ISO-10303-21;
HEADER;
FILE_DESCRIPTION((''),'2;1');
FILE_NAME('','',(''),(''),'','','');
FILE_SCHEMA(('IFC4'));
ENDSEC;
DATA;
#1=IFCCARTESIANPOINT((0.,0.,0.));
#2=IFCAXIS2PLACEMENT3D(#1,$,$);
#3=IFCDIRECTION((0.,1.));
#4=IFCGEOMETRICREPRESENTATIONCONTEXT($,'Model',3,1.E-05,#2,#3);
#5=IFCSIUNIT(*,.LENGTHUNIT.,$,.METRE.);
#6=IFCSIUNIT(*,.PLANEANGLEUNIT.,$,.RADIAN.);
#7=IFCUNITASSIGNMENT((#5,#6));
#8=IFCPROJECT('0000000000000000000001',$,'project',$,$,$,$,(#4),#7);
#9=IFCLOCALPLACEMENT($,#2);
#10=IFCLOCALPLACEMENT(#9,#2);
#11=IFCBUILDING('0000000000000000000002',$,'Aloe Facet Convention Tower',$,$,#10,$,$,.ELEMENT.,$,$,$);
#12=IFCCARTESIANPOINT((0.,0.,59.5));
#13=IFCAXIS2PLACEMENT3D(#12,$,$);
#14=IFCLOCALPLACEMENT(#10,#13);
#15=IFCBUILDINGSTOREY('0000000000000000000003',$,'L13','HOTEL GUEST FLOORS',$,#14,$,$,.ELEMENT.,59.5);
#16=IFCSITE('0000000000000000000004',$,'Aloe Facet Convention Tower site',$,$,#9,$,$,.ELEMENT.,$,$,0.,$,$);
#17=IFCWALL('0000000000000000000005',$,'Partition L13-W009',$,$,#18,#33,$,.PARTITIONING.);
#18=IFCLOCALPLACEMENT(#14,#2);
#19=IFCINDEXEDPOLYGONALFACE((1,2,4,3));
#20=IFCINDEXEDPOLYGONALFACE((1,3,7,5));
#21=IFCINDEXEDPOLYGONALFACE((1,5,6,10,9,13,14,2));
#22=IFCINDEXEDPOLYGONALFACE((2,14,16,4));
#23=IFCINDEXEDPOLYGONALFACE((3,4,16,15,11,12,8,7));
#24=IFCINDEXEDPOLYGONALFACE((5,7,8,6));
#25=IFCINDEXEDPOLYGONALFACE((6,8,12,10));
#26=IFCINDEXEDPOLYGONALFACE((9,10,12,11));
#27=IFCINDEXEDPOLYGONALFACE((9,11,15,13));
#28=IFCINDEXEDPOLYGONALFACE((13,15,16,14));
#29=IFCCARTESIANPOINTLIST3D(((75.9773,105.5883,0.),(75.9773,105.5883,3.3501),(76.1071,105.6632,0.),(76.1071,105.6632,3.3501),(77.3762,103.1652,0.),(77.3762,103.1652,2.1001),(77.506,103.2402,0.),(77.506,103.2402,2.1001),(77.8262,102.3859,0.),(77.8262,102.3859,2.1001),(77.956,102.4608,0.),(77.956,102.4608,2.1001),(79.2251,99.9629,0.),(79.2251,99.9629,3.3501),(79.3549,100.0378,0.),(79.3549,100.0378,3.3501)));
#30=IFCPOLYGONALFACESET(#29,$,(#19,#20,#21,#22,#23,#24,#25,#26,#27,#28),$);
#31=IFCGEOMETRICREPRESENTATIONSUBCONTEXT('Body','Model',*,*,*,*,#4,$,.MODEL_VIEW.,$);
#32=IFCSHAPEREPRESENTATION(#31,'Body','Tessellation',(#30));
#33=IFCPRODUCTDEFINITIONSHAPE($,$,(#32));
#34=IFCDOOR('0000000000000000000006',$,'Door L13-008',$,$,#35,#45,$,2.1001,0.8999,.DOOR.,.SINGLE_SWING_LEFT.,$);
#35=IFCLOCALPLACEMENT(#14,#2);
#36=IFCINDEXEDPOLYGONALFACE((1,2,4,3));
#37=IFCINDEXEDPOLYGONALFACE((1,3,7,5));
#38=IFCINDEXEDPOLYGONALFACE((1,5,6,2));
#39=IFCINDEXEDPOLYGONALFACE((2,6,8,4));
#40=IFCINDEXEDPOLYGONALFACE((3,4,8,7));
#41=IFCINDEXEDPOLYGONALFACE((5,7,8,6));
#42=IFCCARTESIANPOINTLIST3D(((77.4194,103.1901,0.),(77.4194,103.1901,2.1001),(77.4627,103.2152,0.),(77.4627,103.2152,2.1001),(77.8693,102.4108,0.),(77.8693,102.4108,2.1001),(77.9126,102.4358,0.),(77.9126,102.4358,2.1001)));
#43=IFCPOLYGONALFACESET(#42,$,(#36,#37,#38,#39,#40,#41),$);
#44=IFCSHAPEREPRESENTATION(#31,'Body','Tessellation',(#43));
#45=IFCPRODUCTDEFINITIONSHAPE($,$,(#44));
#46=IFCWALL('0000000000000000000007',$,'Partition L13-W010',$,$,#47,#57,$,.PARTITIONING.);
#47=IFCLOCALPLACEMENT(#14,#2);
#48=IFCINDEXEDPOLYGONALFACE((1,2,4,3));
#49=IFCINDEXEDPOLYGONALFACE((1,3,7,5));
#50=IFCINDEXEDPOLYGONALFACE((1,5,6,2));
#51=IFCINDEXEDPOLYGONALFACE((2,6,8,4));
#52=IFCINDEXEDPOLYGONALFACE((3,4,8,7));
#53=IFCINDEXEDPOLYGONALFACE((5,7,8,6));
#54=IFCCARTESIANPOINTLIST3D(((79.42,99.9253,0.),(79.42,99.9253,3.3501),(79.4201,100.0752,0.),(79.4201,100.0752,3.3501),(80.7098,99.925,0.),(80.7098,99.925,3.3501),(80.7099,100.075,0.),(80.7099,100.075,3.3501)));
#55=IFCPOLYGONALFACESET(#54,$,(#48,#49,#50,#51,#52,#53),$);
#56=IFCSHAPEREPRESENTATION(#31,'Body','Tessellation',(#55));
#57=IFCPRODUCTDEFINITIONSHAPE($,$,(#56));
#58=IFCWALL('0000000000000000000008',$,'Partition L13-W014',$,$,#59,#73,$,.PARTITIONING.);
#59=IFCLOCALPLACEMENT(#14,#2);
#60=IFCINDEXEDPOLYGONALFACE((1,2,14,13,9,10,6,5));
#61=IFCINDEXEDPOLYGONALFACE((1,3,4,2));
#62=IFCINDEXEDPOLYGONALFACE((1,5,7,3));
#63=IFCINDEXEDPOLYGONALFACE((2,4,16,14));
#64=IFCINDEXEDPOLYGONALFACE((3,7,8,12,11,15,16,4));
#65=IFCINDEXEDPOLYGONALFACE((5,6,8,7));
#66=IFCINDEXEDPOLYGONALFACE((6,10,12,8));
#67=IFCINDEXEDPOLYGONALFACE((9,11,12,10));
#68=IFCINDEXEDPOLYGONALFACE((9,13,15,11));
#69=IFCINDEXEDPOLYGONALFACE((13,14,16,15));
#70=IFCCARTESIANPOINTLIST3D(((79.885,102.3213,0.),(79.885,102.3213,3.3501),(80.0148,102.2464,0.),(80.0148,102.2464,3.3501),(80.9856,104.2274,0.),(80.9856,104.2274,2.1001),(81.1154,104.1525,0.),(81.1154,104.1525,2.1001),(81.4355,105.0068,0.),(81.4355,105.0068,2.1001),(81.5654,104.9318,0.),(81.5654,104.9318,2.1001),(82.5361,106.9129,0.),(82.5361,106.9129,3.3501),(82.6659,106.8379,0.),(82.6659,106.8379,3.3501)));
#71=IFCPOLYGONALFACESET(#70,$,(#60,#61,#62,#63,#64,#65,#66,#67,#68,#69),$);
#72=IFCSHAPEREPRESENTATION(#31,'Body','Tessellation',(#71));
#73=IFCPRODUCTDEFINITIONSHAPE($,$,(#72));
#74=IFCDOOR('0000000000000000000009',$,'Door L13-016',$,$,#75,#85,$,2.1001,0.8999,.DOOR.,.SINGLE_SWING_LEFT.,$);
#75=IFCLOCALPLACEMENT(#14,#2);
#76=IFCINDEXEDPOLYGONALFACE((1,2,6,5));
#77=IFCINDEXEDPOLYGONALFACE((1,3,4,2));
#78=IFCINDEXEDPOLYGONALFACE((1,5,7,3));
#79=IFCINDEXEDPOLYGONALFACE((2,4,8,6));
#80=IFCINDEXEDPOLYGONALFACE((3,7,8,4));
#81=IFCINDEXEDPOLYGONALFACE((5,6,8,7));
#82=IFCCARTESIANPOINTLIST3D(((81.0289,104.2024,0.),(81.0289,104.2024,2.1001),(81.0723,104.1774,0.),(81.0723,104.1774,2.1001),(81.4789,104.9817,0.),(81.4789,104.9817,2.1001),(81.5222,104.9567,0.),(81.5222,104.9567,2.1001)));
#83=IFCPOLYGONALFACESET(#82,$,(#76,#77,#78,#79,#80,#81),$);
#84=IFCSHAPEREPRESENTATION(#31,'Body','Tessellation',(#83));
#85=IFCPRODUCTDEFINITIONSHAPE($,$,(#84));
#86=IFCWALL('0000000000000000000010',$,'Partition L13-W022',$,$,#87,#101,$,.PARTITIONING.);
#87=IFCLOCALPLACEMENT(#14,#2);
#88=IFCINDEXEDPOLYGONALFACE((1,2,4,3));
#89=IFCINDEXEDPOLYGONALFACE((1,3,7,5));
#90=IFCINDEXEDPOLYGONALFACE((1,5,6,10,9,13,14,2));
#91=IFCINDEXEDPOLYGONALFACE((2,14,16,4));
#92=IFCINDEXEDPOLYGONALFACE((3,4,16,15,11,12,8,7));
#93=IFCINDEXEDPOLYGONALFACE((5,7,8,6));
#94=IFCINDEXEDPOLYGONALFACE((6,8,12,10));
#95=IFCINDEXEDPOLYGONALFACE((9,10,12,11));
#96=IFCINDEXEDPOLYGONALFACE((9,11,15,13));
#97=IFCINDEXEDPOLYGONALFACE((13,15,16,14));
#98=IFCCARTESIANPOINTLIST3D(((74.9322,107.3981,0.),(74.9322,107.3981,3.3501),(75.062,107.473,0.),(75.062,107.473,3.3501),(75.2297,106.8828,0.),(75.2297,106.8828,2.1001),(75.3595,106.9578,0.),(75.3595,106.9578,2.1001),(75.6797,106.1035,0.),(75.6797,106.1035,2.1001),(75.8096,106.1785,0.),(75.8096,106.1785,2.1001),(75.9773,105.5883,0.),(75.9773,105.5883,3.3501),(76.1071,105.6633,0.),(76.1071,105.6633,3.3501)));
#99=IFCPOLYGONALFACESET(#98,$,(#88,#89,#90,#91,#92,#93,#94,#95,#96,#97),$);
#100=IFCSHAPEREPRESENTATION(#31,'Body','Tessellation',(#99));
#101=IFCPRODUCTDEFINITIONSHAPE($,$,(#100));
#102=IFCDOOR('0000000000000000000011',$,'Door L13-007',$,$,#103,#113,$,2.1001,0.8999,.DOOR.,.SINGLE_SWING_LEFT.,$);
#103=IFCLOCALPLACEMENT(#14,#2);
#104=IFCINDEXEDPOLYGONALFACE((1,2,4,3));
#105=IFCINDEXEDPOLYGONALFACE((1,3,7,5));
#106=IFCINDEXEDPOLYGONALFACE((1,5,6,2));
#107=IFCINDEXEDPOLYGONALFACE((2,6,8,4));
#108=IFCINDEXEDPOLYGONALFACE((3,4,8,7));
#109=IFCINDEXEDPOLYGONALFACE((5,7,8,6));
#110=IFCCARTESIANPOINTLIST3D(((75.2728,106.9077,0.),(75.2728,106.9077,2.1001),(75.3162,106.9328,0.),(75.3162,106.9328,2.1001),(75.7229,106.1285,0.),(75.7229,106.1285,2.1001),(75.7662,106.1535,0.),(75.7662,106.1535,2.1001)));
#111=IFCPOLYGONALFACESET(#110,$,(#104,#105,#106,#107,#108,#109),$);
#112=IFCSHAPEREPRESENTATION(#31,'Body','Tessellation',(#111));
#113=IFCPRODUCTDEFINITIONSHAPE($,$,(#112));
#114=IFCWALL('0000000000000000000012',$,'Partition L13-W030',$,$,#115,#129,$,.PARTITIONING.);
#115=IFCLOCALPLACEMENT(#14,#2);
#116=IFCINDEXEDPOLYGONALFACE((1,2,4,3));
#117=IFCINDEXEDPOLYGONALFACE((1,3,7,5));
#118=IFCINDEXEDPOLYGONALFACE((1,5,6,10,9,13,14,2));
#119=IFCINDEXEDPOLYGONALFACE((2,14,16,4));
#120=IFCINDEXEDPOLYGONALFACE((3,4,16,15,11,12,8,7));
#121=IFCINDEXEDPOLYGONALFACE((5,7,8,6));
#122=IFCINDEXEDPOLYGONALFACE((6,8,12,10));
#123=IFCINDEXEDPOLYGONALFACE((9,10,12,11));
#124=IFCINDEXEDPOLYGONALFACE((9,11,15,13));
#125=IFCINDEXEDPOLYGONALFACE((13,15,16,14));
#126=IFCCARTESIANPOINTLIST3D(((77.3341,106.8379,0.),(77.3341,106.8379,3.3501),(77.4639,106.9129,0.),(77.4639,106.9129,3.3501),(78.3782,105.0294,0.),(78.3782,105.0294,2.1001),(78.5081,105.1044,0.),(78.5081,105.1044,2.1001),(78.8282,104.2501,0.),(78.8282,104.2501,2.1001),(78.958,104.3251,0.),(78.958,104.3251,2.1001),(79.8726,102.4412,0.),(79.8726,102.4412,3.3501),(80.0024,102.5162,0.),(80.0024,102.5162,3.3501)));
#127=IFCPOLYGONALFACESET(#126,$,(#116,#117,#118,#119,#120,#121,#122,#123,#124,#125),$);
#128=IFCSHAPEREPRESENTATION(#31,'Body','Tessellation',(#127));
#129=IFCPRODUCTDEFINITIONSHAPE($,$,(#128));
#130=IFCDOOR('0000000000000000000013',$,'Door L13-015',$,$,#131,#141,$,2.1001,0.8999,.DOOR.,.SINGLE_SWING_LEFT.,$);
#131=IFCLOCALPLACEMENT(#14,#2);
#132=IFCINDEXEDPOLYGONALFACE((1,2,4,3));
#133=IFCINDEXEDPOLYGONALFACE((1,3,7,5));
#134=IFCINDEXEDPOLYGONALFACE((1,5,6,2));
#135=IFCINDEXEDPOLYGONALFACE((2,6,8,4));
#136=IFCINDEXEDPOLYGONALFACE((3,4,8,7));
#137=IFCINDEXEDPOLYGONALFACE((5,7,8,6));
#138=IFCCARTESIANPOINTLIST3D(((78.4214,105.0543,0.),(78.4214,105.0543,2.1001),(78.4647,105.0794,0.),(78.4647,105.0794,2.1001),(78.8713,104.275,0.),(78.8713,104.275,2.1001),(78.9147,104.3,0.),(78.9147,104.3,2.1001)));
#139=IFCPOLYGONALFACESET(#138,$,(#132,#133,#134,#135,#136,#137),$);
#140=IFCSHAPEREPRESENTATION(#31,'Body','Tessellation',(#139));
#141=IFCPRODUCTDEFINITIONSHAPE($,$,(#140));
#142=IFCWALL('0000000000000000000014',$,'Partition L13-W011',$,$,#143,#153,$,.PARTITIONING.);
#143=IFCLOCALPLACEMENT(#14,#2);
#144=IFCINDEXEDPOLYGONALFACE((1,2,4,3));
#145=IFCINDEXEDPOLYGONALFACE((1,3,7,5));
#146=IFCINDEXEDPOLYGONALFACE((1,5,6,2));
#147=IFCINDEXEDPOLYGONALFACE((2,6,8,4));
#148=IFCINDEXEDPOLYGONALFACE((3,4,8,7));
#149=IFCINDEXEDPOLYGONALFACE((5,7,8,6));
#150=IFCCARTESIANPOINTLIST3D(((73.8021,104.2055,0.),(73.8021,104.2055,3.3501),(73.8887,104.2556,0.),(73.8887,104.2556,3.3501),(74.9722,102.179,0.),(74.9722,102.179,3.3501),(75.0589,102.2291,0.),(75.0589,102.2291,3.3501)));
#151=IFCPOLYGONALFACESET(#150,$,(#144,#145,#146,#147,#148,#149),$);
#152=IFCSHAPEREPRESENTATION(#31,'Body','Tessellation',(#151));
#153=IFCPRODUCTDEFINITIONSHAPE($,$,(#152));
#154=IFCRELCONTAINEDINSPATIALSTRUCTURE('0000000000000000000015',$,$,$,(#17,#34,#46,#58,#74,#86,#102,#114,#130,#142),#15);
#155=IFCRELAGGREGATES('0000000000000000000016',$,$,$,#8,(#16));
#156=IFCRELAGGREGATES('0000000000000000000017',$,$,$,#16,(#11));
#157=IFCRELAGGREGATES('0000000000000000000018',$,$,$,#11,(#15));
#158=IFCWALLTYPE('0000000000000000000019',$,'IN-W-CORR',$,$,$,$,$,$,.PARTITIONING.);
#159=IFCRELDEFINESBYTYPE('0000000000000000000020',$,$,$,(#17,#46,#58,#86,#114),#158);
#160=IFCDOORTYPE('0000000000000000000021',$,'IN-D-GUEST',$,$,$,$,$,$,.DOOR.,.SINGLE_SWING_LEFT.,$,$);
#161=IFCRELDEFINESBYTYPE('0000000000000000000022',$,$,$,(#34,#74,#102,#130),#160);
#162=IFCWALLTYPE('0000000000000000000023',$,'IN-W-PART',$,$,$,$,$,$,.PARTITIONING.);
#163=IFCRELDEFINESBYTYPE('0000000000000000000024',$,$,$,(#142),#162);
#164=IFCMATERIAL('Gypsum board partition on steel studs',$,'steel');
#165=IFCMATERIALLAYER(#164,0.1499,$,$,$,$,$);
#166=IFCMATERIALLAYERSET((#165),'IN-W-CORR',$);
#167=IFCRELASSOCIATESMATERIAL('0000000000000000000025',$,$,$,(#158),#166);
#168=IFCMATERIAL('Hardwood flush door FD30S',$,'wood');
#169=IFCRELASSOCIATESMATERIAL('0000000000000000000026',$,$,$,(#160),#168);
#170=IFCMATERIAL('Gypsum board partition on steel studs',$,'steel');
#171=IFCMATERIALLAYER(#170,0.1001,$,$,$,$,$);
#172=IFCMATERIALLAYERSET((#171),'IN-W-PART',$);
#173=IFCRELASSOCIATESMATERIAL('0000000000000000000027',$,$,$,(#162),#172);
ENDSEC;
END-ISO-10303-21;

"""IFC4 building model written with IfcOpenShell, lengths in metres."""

from ifc_helpers import new_model, si_unit, direction, frame, frame_2d, origin, place, context, subcontext, project, spatial, rectangle, extrude, material, layer, layer_set, type_object, element, fill, save


model = new_model("IFC4")

# Units and contexts
model_context = context("Model", 3, precision=1e-05, world=origin(), true_north=direction((0.0, 1.0)))
body_context = subcontext(model_context, "Body", "Model", "MODEL_VIEW")
ifc_project = project(units=[si_unit("LENGTHUNIT", "METRE"), si_unit("PLANEANGLEUNIT", "RADIAN")], contexts=[model_context])

# Site, building, storey
site_placement = place(None, origin())
site = spatial("IfcSite", under=ifc_project, at=site_placement, Name="Aloe Facet Convention Tower site", CompositionType="ELEMENT", RefElevation=0.0)
building_placement = place(site_placement, origin())
building = spatial("IfcBuilding", under=site, at=building_placement, Name="Aloe Facet Convention Tower", CompositionType="ELEMENT")
storey_placement = place(building_placement, frame((0.0, 0.0, 59.5)))
storey = spatial("IfcBuildingStorey", under=building, at=storey_placement, Name="L13", Description="HOTEL GUEST FLOORS", CompositionType="ELEMENT", Elevation=59.5)

# Wall, opening, door
ifc_material_1 = material(Name="Gypsum board partition on steel studs", Category="steel")
ifc_layer_1 = layer(ifc_material_1, 0.1499)
ifc_layer_set_1 = layer_set([ifc_layer_1], Name="IN-W-CORR")
wall_type_1 = type_object("IfcWallType", Name="IN-W-CORR", PredefinedType="PARTITIONING", material=ifc_layer_set_1)
wall_1_placement = place(storey_placement, frame((76.0422, 105.6257, 0.0), z_axis=(0.0, 0.0, 1.0), x_axis=(0.499991, -0.86603, 0.0)))
wall_1 = element("IfcWall", 1, at=wall_1_placement, inside=storey, type_object=wall_type_1, Name="Partition L13-W009", PredefinedType="PARTITIONING", context=body_context, shape_type="SweptSolid", body=[
    extrude(rectangle(XDim=6.4956, YDim=0.1499, at=frame_2d((3.2478, 0.0))), origin(), (0.0, 0.0, 1.0), 3.3501),
])
opening_1_placement = place(wall_1_placement, frame((2.7979, 0.0, 0.0)))
opening_1 = element("IfcOpeningElement", 2, at=opening_1_placement, cuts=wall_1, PredefinedType="OPENING", context=body_context, shape_type="SweptSolid", body=[
    extrude(rectangle(XDim=0.8999, YDim=2.1001, at=frame_2d((0.45, 1.05))), frame((0.0, 0.085, 0.0), z_axis=(0.0, -1.0, 0.0), x_axis=(1.0, 0.0, 0.0)), (0.0, 0.0, 1.0), 0.1699),
])
ifc_material_2 = material(Name="Hardwood flush door FD30S", Category="wood")
door_type_1 = type_object("IfcDoorType", Name="IN-D-GUEST", OperationType="SINGLE_SWING_LEFT", PredefinedType="DOOR", material=ifc_material_2)
door_1_placement = place(opening_1_placement, origin())
door_1 = element("IfcDoor", 3, at=door_1_placement, inside=storey, type_object=door_type_1, Name="Door L13-008", OperationType="SINGLE_SWING_LEFT", OverallHeight=2.1001, OverallWidth=0.8999, PredefinedType="DOOR", context=body_context, shape_type="SweptSolid", body=[
    extrude(rectangle(XDim=0.8999, YDim=2.1001, at=frame_2d((0.45, 1.05))), frame((0.0, 0.0249, 0.0), z_axis=(0.0, -1.0, 0.0), x_axis=(1.0, 0.0, 0.0)), (0.0, 0.0, 1.0), 0.05),
])
fill(opening_1, door_1)

# Wall
wall_2_placement = place(storey_placement, frame((79.4199, 100.0002, 0.0), z_axis=(0.0, 0.0, 1.0), x_axis=(1.0, -0.000189, 0.0)))
element("IfcWall", 4, at=wall_2_placement, inside=storey, type_object=wall_type_1, Name="Partition L13-W010", PredefinedType="PARTITIONING", context=body_context, shape_type="SweptSolid", body=[
    extrude(rectangle(XDim=1.2898, YDim=0.1499, at=frame_2d((0.645, 0.0))), origin(), (0.0, 0.0, 1.0), 3.3501),
])

# Walls, openings, doors
wall_3_placement = place(storey_placement, frame((79.95, 102.2839, 0.0), z_axis=(0.0, 0.0, 1.0), x_axis=(0.500027, 0.86601, 0.0)))
wall_3 = element("IfcWall", 5, at=wall_3_placement, inside=storey, type_object=wall_type_1, Name="Partition L13-W014", PredefinedType="PARTITIONING", context=body_context, shape_type="SweptSolid", body=[
    extrude(rectangle(XDim=5.302, YDim=0.1499, at=frame_2d((2.6509, 0.0))), origin(), (0.0, 0.0, 1.0), 3.3501),
])
opening_2_placement = place(wall_3_placement, frame((2.2009, 0.0, 0.0)))
opening_2 = element("IfcOpeningElement", 6, at=opening_2_placement, cuts=wall_3, PredefinedType="OPENING", context=body_context, shape_type="SweptSolid", body=[
    extrude(rectangle(XDim=0.8999, YDim=2.1001, at=frame_2d((0.45, 1.05))), frame((0.0, 0.085, 0.0), z_axis=(0.0, -1.0, 0.0), x_axis=(1.0, 0.0, 0.0)), (0.0, 0.0, 1.0), 0.1699),
])
door_2_placement = place(opening_2_placement, origin())
door_2 = element("IfcDoor", 7, at=door_2_placement, inside=storey, type_object=door_type_1, Name="Door L13-016", OperationType="SINGLE_SWING_LEFT", OverallHeight=2.1001, OverallWidth=0.8999, PredefinedType="DOOR", context=body_context, shape_type="SweptSolid", body=[
    extrude(rectangle(XDim=0.8999, YDim=2.1001, at=frame_2d((0.45, 1.05))), frame((0.0, 0.0249, 0.0), z_axis=(0.0, -1.0, 0.0), x_axis=(1.0, 0.0, 0.0)), (0.0, 0.0, 1.0), 0.05),
])
fill(opening_2, door_2)
wall_4_placement = place(storey_placement, frame((74.9971, 107.4355, 0.0), z_axis=(0.0, 0.0, 1.0), x_axis=(0.500097, -0.86597, 0.0)))
wall_4 = element("IfcWall", 8, at=wall_4_placement, inside=storey, type_object=wall_type_1, Name="Partition L13-W022", PredefinedType="PARTITIONING", context=body_context, shape_type="SweptSolid", body=[
    extrude(rectangle(XDim=2.0898, YDim=0.1499, at=frame_2d((1.0449, 0.0))), origin(), (0.0, 0.0, 1.0), 3.3501),
])
opening_3_placement = place(wall_4_placement, frame((0.595, 0.0, 0.0)))
opening_3 = element("IfcOpeningElement", 9, at=opening_3_placement, cuts=wall_4, PredefinedType="OPENING", context=body_context, shape_type="SweptSolid", body=[
    extrude(rectangle(XDim=0.8999, YDim=2.1001, at=frame_2d((0.45, 1.05))), frame((0.0, 0.085, 0.0), z_axis=(0.0, -1.0, 0.0), x_axis=(1.0, 0.0, 0.0)), (0.0, 0.0, 1.0), 0.1699),
])
door_3_placement = place(opening_3_placement, origin())
door_3 = element("IfcDoor", 10, at=door_3_placement, inside=storey, type_object=door_type_1, Name="Door L13-007", OperationType="SINGLE_SWING_LEFT", OverallHeight=2.1001, OverallWidth=0.8999, PredefinedType="DOOR", context=body_context, shape_type="SweptSolid", body=[
    extrude(rectangle(XDim=0.8999, YDim=2.1001, at=frame_2d((0.45, 1.05))), frame((0.0, 0.0249, 0.0), z_axis=(0.0, -1.0, 0.0), x_axis=(1.0, 0.0, 0.0)), (0.0, 0.0, 1.0), 0.05),
])
fill(opening_3, door_3)
wall_5_placement = place(storey_placement, frame((77.3989, 106.8755, 0.0), z_axis=(0.0, 0.0, 1.0), x_axis=(0.500018, -0.866015, 0.0)))
wall_5 = element("IfcWall", 11, at=wall_5_placement, inside=storey, type_object=wall_type_1, Name="Partition L13-W030", PredefinedType="PARTITIONING", context=body_context, shape_type="SweptSolid", body=[
    extrude(rectangle(XDim=5.0769, YDim=0.1499, at=frame_2d((2.5386, 0.0))), origin(), (0.0, 0.0, 1.0), 3.3501),
])
opening_4_placement = place(wall_5_placement, frame((2.0884, 0.0, 0.0)))
opening_4 = element("IfcOpeningElement", 12, at=opening_4_placement, cuts=wall_5, PredefinedType="OPENING", context=body_context, shape_type="SweptSolid", body=[
    extrude(rectangle(XDim=0.8999, YDim=2.1001, at=frame_2d((0.45, 1.05))), frame((0.0, 0.085, 0.0), z_axis=(0.0, -1.0, 0.0), x_axis=(1.0, 0.0, 0.0)), (0.0, 0.0, 1.0), 0.1699),
])
door_4_placement = place(opening_4_placement, origin())
door_4 = element("IfcDoor", 13, at=door_4_placement, inside=storey, type_object=door_type_1, Name="Door L13-015", OperationType="SINGLE_SWING_LEFT", OverallHeight=2.1001, OverallWidth=0.8999, PredefinedType="DOOR", context=body_context, shape_type="SweptSolid", body=[
    extrude(rectangle(XDim=0.8999, YDim=2.1001, at=frame_2d((0.45, 1.05))), frame((0.0, 0.0249, 0.0), z_axis=(0.0, -1.0, 0.0), x_axis=(1.0, 0.0, 0.0)), (0.0, 0.0, 1.0), 0.05),
])
fill(opening_4, door_4)

# Wall
ifc_material_3 = material(Name="Gypsum board partition on steel studs", Category="steel")
ifc_layer_2 = layer(ifc_material_3, 0.1001)
ifc_layer_set_2 = layer_set([ifc_layer_2], Name="IN-W-PART")
wall_type_2 = type_object("IfcWallType", Name="IN-W-PART", PredefinedType="PARTITIONING", material=ifc_layer_set_2)
wall_6_placement = place(storey_placement, frame((73.8455, 104.2305, 0.0), z_axis=(0.0, 0.0, 1.0), x_axis=(0.500033, -0.866007, 0.0)))
element("IfcWall", 14, at=wall_6_placement, inside=storey, type_object=wall_type_2, Name="Partition L13-W011", PredefinedType="PARTITIONING", context=body_context, shape_type="SweptSolid", body=[
    extrude(rectangle(XDim=2.3401, YDim=0.1001, at=frame_2d((1.1699, 0.0))), origin(), (0.0, 0.0, 1.0), 3.3501),
])

save(model, "model.ifc")
